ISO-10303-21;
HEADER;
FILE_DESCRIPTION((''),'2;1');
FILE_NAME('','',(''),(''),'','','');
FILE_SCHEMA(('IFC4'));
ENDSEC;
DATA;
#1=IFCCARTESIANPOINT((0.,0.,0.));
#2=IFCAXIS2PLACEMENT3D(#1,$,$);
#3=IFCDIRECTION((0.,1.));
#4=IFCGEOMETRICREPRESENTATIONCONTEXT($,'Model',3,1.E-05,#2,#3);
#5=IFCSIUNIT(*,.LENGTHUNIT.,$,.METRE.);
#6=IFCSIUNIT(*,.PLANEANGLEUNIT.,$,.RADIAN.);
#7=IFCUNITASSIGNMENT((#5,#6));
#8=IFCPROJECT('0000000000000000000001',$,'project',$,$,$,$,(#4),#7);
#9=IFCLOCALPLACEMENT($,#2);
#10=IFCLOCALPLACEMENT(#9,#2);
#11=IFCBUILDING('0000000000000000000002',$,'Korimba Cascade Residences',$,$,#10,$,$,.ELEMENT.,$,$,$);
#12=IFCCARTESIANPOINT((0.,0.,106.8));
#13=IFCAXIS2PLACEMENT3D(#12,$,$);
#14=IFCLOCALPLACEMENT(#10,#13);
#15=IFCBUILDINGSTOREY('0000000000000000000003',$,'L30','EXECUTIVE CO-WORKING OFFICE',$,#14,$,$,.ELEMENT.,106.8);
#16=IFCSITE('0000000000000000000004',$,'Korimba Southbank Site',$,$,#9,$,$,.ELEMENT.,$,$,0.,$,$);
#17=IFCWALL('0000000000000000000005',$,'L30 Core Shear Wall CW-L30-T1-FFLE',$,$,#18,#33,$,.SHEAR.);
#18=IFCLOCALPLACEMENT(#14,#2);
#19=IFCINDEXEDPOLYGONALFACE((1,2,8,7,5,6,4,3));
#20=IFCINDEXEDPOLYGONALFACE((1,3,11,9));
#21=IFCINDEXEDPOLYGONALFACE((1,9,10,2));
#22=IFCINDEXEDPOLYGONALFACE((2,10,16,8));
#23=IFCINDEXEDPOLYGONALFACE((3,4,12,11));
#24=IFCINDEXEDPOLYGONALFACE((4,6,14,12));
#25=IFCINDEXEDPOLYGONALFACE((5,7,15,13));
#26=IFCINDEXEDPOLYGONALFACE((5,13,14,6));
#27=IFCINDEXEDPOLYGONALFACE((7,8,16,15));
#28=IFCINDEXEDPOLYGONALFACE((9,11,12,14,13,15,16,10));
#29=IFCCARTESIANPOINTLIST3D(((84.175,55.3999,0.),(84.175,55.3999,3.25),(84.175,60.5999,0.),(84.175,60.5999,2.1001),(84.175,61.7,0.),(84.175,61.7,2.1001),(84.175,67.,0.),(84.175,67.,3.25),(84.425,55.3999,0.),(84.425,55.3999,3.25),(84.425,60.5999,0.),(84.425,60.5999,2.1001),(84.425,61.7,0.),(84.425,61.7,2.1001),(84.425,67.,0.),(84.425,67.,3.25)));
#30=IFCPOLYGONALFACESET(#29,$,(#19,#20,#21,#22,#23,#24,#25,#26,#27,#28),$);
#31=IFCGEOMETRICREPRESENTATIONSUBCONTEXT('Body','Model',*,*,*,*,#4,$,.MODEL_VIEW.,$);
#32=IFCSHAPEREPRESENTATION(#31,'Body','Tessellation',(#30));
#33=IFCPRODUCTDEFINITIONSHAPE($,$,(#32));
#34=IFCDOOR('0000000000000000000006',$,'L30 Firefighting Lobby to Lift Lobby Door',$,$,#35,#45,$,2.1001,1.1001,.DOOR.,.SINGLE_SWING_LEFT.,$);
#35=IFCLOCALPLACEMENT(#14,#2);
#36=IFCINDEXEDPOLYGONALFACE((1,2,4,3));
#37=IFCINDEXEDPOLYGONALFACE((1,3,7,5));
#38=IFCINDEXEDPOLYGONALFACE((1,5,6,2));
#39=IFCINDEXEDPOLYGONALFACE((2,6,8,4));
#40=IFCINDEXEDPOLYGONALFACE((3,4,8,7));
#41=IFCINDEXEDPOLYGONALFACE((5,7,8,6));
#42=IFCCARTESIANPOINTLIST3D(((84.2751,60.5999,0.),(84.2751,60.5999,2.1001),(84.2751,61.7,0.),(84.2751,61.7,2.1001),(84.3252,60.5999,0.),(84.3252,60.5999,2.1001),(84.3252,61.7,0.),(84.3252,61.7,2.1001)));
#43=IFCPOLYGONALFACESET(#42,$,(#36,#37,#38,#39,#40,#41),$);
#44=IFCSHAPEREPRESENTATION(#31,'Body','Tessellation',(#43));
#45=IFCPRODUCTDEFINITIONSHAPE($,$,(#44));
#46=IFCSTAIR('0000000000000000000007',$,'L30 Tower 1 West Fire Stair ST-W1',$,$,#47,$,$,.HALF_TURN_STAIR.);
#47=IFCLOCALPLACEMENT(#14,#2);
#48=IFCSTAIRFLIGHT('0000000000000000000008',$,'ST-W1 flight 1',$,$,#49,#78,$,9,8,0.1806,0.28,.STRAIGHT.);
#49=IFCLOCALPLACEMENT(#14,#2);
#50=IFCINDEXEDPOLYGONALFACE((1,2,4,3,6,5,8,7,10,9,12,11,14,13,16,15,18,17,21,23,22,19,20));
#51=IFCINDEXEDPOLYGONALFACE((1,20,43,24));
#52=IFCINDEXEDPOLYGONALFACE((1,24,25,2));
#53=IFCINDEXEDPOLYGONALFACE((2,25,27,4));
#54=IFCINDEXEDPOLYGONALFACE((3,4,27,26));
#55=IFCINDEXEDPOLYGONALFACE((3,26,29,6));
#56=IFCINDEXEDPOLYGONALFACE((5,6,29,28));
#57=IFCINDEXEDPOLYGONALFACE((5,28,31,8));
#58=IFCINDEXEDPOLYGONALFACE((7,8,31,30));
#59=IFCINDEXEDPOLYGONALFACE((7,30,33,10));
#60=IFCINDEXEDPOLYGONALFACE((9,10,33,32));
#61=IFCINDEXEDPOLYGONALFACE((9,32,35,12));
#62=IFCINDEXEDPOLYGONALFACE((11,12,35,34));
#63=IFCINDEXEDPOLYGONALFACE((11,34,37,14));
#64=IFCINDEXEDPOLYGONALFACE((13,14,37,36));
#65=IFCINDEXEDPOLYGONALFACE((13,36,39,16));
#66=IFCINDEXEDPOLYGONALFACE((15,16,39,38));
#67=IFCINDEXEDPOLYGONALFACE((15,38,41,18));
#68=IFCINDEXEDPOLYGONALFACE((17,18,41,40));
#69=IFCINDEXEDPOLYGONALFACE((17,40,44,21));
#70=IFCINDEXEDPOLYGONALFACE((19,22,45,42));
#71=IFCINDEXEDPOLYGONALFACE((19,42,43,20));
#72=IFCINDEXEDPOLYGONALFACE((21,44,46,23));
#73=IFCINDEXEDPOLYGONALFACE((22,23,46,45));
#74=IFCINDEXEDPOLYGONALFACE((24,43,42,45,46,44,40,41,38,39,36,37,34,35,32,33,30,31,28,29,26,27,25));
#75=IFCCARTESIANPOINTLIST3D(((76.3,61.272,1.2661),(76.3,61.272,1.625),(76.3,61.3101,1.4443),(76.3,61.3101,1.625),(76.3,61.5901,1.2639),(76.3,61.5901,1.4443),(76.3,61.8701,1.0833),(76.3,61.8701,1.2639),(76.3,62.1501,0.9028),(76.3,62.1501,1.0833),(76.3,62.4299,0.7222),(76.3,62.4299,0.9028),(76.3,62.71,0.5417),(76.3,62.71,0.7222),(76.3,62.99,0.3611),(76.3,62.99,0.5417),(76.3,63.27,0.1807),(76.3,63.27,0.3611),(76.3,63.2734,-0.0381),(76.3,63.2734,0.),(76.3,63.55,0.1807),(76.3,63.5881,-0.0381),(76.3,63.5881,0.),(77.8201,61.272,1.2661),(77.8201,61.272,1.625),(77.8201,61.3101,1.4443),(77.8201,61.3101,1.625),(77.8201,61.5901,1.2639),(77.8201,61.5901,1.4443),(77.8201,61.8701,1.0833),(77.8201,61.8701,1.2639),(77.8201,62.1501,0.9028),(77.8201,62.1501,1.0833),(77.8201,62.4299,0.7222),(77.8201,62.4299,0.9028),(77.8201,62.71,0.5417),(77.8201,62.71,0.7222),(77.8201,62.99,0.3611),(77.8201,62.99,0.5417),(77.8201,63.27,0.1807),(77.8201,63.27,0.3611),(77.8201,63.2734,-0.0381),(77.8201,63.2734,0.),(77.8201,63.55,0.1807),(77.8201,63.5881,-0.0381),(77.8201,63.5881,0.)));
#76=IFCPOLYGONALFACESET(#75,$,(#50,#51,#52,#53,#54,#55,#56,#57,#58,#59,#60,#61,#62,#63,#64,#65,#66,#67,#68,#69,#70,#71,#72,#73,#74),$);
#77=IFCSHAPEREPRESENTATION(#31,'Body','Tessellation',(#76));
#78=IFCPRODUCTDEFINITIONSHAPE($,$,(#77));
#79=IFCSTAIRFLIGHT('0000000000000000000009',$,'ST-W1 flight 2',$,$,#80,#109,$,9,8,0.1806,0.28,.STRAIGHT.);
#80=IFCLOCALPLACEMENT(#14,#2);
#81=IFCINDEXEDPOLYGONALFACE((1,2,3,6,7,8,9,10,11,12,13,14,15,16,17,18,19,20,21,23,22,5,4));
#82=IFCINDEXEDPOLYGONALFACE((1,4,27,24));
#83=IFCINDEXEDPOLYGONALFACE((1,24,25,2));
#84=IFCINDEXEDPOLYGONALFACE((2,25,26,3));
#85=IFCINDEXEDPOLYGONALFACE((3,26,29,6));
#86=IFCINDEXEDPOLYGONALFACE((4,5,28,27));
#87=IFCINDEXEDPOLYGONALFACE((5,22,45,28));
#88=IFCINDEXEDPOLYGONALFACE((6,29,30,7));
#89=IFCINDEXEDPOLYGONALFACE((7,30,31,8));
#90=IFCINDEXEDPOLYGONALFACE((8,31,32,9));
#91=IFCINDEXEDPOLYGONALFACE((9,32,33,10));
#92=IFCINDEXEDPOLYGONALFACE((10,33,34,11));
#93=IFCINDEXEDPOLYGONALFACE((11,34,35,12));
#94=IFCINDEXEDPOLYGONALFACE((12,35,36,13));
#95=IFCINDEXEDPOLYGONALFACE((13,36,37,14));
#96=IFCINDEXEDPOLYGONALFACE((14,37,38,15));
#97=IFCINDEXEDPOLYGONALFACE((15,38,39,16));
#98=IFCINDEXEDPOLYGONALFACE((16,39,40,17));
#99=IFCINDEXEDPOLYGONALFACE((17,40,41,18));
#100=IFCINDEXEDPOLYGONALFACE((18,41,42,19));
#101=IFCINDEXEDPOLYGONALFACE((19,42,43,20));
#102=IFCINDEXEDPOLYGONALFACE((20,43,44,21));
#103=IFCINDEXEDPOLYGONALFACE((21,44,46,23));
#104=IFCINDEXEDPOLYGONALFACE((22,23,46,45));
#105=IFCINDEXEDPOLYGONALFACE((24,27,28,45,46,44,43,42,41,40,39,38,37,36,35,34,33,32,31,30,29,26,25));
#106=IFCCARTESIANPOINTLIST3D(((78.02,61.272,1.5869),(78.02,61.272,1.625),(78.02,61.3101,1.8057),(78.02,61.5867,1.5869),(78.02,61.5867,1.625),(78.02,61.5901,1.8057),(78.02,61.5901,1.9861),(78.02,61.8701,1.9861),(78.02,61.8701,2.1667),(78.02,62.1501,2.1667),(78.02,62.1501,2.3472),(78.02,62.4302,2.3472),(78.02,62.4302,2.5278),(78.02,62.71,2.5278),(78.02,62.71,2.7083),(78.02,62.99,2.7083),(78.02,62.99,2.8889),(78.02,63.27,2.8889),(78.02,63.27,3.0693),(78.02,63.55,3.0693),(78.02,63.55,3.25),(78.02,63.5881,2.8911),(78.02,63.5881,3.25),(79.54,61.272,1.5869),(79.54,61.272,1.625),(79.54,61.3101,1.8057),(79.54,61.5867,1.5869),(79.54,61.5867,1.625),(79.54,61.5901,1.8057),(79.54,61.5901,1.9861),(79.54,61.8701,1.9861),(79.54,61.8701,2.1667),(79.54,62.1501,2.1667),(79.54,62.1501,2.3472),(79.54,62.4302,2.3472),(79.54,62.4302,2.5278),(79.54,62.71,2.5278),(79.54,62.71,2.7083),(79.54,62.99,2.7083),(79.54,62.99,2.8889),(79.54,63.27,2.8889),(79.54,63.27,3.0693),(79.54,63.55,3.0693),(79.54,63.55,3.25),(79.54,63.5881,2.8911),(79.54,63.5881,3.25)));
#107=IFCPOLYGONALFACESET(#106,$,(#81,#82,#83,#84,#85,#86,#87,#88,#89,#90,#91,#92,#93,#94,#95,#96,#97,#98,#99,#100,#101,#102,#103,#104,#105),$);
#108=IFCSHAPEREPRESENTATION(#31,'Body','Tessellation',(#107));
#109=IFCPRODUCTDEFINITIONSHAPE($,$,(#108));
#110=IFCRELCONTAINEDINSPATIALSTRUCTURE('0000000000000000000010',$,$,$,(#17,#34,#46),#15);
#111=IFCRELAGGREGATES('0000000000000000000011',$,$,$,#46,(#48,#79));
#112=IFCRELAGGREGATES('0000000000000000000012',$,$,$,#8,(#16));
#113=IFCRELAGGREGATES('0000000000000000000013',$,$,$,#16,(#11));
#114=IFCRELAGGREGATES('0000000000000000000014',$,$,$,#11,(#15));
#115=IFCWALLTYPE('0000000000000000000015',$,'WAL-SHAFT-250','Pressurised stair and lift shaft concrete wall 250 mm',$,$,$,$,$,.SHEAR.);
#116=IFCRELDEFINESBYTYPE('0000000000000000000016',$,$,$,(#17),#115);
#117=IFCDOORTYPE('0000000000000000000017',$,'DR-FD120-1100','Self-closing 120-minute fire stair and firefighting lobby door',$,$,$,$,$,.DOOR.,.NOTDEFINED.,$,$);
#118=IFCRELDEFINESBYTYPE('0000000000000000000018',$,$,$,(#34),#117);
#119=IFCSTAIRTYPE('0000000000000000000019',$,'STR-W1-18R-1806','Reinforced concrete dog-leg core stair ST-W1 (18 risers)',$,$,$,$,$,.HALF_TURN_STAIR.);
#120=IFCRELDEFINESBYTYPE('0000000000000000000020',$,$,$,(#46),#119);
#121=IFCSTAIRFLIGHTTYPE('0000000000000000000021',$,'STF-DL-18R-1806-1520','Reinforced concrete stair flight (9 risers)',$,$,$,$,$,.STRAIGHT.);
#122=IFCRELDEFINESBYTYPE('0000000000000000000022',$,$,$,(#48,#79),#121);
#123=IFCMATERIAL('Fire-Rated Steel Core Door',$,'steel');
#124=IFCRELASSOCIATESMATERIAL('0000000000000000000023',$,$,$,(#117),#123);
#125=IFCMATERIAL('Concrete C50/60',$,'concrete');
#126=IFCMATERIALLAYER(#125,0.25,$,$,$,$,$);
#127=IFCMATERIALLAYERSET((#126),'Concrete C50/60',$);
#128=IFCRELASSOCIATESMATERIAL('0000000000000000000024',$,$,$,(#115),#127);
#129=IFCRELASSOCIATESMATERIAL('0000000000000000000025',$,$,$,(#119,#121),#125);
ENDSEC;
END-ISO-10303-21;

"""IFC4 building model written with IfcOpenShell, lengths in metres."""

from ifc_helpers import new_model, si_unit, direction, frame, frame_2d, origin, place, context, subcontext, project, spatial, polyline, rectangle, outline, extrude, material, layer, layer_set, type_object, element, fill, aggregate, save


model = new_model("IFC4")

# Units and contexts
model_context = context("Model", 3, precision=1e-05, world=origin(), true_north=direction((0.0, 1.0)))
body_context = subcontext(model_context, "Body", "Model", "MODEL_VIEW")
ifc_project = project(units=[si_unit("LENGTHUNIT", "METRE"), si_unit("PLANEANGLEUNIT", "RADIAN")], contexts=[model_context])

# Site, building, storey
site_placement = place(None, origin())
site = spatial("IfcSite", under=ifc_project, at=site_placement, Name="Korimba Southbank Site", CompositionType="ELEMENT", RefElevation=0.0)
building_placement = place(site_placement, origin())
building = spatial("IfcBuilding", under=site, at=building_placement, Name="Korimba Cascade Residences", CompositionType="ELEMENT")
storey_placement = place(building_placement, frame((0.0, 0.0, 106.8)))
storey = spatial("IfcBuildingStorey", under=building, at=storey_placement, Name="L30", Description="EXECUTIVE CO-WORKING OFFICE", CompositionType="ELEMENT", Elevation=106.8)

# Shared definitions
ifc_material_1 = material(Name="Fire-Rated Steel Core Door", Category="steel")
door_type_1 = type_object("IfcDoorType", Name="DR-FD120-1100", Description="Self-closing 120-minute fire stair and firefighting lobby door", OperationType="NOTDEFINED", PredefinedType="DOOR", material=ifc_material_1)

# Shared definitions
ifc_material_2 = material(Name="Concrete C50/60", Category="concrete")
ifc_layer_1 = layer(ifc_material_2, 0.25)
ifc_layer_set_1 = layer_set([ifc_layer_1], Name="Concrete C50/60")
wall_type_1 = type_object("IfcWallType", Name="WAL-SHAFT-250", Description="Pressurised stair and lift shaft concrete wall 250 mm", PredefinedType="SHEAR", material=ifc_layer_set_1)

# Wall, opening, door
wall_1_placement = place(storey_placement, frame((84.3, 55.3999, 0.0), z_axis=(0.0, 0.0, 1.0), x_axis=(0.0, 1.0, 0.0)))
wall_1 = element("IfcWall", 1, at=wall_1_placement, inside=storey, type_object=wall_type_1, Name="L30 Core Shear Wall CW-L30-T1-FFLE", PredefinedType="SHEAR", context=body_context, shape_type="SweptSolid", body=[
    extrude(rectangle(XDim=11.6001, YDim=0.25, at=frame_2d((5.8, 0.0))), origin(), (0.0, 0.0, 1.0), 3.25),
])
opening_1_placement = place(wall_1_placement, frame((5.2, 0.0, 0.0)))
opening_1 = element("IfcOpeningElement", 2, at=opening_1_placement, cuts=wall_1, PredefinedType="OPENING", context=body_context, shape_type="SweptSolid", body=[
    extrude(rectangle(XDim=1.1001, YDim=2.1001, at=frame_2d((0.55, 1.05))), frame((0.0, 0.135, 0.0), z_axis=(0.0, -1.0, 0.0), x_axis=(1.0, 0.0, 0.0)), (0.0, 0.0, 1.0), 0.27),
])
door_1_placement = place(opening_1_placement, origin())
door_1 = element("IfcDoor", 3, at=door_1_placement, inside=storey, type_object=door_type_1, Name="L30 Firefighting Lobby to Lift Lobby Door", OperationType="SINGLE_SWING_LEFT", OverallHeight=2.1001, OverallWidth=1.1001, PredefinedType="DOOR", context=body_context, shape_type="SweptSolid", body=[
    extrude(rectangle(XDim=1.1001, YDim=2.1001, at=frame_2d((0.55, 1.05))), frame((0.0, 0.0249, 0.0), z_axis=(0.0, -1.0, 0.0), x_axis=(1.0, 0.0, 0.0)), (0.0, 0.0, 1.0), 0.05),
])
fill(opening_1, door_1)

# Stair, stair flights
stair_type = type_object("IfcStairType", Name="STR-W1-18R-1806", Description="Reinforced concrete dog-leg core stair ST-W1 (18 risers)", PredefinedType="HALF_TURN_STAIR", material=ifc_material_2)
stair_placement = place(storey_placement, origin())
stair = element("IfcStair", 4, at=stair_placement, inside=storey, type_object=stair_type, Name="L30 Tower 1 West Fire Stair ST-W1", PredefinedType="HALF_TURN_STAIR")
stair_flight_type = type_object("IfcStairFlightType", Name="STF-DL-18R-1806-1520", Description="Reinforced concrete stair flight (9 risers)", PredefinedType="STRAIGHT", material=ifc_material_2)
stair_flight_1_placement = place(storey_placement, frame((77.0601, 63.55, 0.0), z_axis=(0.0, 0.0, 1.0), x_axis=(0.0, -1.0, 0.0)))
stair_flight_1 = element("IfcStairFlight", 5, at=stair_flight_1_placement, type_object=stair_flight_type, Name="ST-W1 flight 1", NumberOfRisers=9, NumberOfTreads=8, PredefinedType="STRAIGHT", RiserHeight=0.1806, TreadLength=0.28, context=body_context, shape_type="SweptSolid", body=[
    extrude(outline(polyline([(-0.0381, 0.0), (0.0, 0.1807), (0.28, 0.1807), (0.28, 0.3611), (0.5601, 0.3611), (0.5601, 0.5417), (0.8401, 0.5417), (0.8401, 0.7222), (1.1201, 0.7222), (1.1201, 0.9028), (1.3999, 0.9028), (1.3999, 1.0833), (1.6799, 1.0833), (1.6799, 1.2639), (1.96, 1.2639), (1.96, 1.4443), (2.24, 1.4443), (2.24, 1.625), (2.2781, 1.625), (2.2781, 1.2661), (0.2766, 0.0), (0.2766, -0.0381), (-0.0381, -0.0381), (-0.0381, 0.0)])), frame((0.0, 0.76, 0.0), z_axis=(0.0, -1.0, 0.0), x_axis=(1.0, 0.0, 0.0)), (0.0, 0.0, 1.0), 1.52),
])
stair_flight_2_placement = place(storey_placement, frame((78.78, 61.3101, 1.625), z_axis=(0.0, 0.0, 1.0), x_axis=(0.0, 1.0, 0.0)))
stair_flight_2 = element("IfcStairFlight", 6, at=stair_flight_2_placement, type_object=stair_flight_type, Name="ST-W1 flight 2", NumberOfRisers=9, NumberOfTreads=8, PredefinedType="STRAIGHT", RiserHeight=0.1806, TreadLength=0.28, context=body_context, shape_type="SweptSolid", body=[
    extrude(outline(polyline([(-0.0381, 0.0), (0.0, 0.1807), (0.28, 0.1807), (0.28, 0.3611), (0.5601, 0.3611), (0.5601, 0.5417), (0.8401, 0.5417), (0.8401, 0.7222), (1.1201, 0.7222), (1.1201, 0.9028), (1.3999, 0.9028), (1.3999, 1.0833), (1.6799, 1.0833), (1.6799, 1.2639), (1.96, 1.2639), (1.96, 1.4443), (2.24, 1.4443), (2.24, 1.625), (2.2781, 1.625), (2.2781, 1.2661), (0.2766, 0.0), (0.2766, -0.0381), (-0.0381, -0.0381), (-0.0381, 0.0)])), frame((0.0, 0.76, 0.0), z_axis=(0.0, -1.0, 0.0), x_axis=(1.0, 0.0, 0.0)), (0.0, 0.0, 1.0), 1.52),
])
aggregate(stair, [stair_flight_1, stair_flight_2])

save(model, "model.ifc")
